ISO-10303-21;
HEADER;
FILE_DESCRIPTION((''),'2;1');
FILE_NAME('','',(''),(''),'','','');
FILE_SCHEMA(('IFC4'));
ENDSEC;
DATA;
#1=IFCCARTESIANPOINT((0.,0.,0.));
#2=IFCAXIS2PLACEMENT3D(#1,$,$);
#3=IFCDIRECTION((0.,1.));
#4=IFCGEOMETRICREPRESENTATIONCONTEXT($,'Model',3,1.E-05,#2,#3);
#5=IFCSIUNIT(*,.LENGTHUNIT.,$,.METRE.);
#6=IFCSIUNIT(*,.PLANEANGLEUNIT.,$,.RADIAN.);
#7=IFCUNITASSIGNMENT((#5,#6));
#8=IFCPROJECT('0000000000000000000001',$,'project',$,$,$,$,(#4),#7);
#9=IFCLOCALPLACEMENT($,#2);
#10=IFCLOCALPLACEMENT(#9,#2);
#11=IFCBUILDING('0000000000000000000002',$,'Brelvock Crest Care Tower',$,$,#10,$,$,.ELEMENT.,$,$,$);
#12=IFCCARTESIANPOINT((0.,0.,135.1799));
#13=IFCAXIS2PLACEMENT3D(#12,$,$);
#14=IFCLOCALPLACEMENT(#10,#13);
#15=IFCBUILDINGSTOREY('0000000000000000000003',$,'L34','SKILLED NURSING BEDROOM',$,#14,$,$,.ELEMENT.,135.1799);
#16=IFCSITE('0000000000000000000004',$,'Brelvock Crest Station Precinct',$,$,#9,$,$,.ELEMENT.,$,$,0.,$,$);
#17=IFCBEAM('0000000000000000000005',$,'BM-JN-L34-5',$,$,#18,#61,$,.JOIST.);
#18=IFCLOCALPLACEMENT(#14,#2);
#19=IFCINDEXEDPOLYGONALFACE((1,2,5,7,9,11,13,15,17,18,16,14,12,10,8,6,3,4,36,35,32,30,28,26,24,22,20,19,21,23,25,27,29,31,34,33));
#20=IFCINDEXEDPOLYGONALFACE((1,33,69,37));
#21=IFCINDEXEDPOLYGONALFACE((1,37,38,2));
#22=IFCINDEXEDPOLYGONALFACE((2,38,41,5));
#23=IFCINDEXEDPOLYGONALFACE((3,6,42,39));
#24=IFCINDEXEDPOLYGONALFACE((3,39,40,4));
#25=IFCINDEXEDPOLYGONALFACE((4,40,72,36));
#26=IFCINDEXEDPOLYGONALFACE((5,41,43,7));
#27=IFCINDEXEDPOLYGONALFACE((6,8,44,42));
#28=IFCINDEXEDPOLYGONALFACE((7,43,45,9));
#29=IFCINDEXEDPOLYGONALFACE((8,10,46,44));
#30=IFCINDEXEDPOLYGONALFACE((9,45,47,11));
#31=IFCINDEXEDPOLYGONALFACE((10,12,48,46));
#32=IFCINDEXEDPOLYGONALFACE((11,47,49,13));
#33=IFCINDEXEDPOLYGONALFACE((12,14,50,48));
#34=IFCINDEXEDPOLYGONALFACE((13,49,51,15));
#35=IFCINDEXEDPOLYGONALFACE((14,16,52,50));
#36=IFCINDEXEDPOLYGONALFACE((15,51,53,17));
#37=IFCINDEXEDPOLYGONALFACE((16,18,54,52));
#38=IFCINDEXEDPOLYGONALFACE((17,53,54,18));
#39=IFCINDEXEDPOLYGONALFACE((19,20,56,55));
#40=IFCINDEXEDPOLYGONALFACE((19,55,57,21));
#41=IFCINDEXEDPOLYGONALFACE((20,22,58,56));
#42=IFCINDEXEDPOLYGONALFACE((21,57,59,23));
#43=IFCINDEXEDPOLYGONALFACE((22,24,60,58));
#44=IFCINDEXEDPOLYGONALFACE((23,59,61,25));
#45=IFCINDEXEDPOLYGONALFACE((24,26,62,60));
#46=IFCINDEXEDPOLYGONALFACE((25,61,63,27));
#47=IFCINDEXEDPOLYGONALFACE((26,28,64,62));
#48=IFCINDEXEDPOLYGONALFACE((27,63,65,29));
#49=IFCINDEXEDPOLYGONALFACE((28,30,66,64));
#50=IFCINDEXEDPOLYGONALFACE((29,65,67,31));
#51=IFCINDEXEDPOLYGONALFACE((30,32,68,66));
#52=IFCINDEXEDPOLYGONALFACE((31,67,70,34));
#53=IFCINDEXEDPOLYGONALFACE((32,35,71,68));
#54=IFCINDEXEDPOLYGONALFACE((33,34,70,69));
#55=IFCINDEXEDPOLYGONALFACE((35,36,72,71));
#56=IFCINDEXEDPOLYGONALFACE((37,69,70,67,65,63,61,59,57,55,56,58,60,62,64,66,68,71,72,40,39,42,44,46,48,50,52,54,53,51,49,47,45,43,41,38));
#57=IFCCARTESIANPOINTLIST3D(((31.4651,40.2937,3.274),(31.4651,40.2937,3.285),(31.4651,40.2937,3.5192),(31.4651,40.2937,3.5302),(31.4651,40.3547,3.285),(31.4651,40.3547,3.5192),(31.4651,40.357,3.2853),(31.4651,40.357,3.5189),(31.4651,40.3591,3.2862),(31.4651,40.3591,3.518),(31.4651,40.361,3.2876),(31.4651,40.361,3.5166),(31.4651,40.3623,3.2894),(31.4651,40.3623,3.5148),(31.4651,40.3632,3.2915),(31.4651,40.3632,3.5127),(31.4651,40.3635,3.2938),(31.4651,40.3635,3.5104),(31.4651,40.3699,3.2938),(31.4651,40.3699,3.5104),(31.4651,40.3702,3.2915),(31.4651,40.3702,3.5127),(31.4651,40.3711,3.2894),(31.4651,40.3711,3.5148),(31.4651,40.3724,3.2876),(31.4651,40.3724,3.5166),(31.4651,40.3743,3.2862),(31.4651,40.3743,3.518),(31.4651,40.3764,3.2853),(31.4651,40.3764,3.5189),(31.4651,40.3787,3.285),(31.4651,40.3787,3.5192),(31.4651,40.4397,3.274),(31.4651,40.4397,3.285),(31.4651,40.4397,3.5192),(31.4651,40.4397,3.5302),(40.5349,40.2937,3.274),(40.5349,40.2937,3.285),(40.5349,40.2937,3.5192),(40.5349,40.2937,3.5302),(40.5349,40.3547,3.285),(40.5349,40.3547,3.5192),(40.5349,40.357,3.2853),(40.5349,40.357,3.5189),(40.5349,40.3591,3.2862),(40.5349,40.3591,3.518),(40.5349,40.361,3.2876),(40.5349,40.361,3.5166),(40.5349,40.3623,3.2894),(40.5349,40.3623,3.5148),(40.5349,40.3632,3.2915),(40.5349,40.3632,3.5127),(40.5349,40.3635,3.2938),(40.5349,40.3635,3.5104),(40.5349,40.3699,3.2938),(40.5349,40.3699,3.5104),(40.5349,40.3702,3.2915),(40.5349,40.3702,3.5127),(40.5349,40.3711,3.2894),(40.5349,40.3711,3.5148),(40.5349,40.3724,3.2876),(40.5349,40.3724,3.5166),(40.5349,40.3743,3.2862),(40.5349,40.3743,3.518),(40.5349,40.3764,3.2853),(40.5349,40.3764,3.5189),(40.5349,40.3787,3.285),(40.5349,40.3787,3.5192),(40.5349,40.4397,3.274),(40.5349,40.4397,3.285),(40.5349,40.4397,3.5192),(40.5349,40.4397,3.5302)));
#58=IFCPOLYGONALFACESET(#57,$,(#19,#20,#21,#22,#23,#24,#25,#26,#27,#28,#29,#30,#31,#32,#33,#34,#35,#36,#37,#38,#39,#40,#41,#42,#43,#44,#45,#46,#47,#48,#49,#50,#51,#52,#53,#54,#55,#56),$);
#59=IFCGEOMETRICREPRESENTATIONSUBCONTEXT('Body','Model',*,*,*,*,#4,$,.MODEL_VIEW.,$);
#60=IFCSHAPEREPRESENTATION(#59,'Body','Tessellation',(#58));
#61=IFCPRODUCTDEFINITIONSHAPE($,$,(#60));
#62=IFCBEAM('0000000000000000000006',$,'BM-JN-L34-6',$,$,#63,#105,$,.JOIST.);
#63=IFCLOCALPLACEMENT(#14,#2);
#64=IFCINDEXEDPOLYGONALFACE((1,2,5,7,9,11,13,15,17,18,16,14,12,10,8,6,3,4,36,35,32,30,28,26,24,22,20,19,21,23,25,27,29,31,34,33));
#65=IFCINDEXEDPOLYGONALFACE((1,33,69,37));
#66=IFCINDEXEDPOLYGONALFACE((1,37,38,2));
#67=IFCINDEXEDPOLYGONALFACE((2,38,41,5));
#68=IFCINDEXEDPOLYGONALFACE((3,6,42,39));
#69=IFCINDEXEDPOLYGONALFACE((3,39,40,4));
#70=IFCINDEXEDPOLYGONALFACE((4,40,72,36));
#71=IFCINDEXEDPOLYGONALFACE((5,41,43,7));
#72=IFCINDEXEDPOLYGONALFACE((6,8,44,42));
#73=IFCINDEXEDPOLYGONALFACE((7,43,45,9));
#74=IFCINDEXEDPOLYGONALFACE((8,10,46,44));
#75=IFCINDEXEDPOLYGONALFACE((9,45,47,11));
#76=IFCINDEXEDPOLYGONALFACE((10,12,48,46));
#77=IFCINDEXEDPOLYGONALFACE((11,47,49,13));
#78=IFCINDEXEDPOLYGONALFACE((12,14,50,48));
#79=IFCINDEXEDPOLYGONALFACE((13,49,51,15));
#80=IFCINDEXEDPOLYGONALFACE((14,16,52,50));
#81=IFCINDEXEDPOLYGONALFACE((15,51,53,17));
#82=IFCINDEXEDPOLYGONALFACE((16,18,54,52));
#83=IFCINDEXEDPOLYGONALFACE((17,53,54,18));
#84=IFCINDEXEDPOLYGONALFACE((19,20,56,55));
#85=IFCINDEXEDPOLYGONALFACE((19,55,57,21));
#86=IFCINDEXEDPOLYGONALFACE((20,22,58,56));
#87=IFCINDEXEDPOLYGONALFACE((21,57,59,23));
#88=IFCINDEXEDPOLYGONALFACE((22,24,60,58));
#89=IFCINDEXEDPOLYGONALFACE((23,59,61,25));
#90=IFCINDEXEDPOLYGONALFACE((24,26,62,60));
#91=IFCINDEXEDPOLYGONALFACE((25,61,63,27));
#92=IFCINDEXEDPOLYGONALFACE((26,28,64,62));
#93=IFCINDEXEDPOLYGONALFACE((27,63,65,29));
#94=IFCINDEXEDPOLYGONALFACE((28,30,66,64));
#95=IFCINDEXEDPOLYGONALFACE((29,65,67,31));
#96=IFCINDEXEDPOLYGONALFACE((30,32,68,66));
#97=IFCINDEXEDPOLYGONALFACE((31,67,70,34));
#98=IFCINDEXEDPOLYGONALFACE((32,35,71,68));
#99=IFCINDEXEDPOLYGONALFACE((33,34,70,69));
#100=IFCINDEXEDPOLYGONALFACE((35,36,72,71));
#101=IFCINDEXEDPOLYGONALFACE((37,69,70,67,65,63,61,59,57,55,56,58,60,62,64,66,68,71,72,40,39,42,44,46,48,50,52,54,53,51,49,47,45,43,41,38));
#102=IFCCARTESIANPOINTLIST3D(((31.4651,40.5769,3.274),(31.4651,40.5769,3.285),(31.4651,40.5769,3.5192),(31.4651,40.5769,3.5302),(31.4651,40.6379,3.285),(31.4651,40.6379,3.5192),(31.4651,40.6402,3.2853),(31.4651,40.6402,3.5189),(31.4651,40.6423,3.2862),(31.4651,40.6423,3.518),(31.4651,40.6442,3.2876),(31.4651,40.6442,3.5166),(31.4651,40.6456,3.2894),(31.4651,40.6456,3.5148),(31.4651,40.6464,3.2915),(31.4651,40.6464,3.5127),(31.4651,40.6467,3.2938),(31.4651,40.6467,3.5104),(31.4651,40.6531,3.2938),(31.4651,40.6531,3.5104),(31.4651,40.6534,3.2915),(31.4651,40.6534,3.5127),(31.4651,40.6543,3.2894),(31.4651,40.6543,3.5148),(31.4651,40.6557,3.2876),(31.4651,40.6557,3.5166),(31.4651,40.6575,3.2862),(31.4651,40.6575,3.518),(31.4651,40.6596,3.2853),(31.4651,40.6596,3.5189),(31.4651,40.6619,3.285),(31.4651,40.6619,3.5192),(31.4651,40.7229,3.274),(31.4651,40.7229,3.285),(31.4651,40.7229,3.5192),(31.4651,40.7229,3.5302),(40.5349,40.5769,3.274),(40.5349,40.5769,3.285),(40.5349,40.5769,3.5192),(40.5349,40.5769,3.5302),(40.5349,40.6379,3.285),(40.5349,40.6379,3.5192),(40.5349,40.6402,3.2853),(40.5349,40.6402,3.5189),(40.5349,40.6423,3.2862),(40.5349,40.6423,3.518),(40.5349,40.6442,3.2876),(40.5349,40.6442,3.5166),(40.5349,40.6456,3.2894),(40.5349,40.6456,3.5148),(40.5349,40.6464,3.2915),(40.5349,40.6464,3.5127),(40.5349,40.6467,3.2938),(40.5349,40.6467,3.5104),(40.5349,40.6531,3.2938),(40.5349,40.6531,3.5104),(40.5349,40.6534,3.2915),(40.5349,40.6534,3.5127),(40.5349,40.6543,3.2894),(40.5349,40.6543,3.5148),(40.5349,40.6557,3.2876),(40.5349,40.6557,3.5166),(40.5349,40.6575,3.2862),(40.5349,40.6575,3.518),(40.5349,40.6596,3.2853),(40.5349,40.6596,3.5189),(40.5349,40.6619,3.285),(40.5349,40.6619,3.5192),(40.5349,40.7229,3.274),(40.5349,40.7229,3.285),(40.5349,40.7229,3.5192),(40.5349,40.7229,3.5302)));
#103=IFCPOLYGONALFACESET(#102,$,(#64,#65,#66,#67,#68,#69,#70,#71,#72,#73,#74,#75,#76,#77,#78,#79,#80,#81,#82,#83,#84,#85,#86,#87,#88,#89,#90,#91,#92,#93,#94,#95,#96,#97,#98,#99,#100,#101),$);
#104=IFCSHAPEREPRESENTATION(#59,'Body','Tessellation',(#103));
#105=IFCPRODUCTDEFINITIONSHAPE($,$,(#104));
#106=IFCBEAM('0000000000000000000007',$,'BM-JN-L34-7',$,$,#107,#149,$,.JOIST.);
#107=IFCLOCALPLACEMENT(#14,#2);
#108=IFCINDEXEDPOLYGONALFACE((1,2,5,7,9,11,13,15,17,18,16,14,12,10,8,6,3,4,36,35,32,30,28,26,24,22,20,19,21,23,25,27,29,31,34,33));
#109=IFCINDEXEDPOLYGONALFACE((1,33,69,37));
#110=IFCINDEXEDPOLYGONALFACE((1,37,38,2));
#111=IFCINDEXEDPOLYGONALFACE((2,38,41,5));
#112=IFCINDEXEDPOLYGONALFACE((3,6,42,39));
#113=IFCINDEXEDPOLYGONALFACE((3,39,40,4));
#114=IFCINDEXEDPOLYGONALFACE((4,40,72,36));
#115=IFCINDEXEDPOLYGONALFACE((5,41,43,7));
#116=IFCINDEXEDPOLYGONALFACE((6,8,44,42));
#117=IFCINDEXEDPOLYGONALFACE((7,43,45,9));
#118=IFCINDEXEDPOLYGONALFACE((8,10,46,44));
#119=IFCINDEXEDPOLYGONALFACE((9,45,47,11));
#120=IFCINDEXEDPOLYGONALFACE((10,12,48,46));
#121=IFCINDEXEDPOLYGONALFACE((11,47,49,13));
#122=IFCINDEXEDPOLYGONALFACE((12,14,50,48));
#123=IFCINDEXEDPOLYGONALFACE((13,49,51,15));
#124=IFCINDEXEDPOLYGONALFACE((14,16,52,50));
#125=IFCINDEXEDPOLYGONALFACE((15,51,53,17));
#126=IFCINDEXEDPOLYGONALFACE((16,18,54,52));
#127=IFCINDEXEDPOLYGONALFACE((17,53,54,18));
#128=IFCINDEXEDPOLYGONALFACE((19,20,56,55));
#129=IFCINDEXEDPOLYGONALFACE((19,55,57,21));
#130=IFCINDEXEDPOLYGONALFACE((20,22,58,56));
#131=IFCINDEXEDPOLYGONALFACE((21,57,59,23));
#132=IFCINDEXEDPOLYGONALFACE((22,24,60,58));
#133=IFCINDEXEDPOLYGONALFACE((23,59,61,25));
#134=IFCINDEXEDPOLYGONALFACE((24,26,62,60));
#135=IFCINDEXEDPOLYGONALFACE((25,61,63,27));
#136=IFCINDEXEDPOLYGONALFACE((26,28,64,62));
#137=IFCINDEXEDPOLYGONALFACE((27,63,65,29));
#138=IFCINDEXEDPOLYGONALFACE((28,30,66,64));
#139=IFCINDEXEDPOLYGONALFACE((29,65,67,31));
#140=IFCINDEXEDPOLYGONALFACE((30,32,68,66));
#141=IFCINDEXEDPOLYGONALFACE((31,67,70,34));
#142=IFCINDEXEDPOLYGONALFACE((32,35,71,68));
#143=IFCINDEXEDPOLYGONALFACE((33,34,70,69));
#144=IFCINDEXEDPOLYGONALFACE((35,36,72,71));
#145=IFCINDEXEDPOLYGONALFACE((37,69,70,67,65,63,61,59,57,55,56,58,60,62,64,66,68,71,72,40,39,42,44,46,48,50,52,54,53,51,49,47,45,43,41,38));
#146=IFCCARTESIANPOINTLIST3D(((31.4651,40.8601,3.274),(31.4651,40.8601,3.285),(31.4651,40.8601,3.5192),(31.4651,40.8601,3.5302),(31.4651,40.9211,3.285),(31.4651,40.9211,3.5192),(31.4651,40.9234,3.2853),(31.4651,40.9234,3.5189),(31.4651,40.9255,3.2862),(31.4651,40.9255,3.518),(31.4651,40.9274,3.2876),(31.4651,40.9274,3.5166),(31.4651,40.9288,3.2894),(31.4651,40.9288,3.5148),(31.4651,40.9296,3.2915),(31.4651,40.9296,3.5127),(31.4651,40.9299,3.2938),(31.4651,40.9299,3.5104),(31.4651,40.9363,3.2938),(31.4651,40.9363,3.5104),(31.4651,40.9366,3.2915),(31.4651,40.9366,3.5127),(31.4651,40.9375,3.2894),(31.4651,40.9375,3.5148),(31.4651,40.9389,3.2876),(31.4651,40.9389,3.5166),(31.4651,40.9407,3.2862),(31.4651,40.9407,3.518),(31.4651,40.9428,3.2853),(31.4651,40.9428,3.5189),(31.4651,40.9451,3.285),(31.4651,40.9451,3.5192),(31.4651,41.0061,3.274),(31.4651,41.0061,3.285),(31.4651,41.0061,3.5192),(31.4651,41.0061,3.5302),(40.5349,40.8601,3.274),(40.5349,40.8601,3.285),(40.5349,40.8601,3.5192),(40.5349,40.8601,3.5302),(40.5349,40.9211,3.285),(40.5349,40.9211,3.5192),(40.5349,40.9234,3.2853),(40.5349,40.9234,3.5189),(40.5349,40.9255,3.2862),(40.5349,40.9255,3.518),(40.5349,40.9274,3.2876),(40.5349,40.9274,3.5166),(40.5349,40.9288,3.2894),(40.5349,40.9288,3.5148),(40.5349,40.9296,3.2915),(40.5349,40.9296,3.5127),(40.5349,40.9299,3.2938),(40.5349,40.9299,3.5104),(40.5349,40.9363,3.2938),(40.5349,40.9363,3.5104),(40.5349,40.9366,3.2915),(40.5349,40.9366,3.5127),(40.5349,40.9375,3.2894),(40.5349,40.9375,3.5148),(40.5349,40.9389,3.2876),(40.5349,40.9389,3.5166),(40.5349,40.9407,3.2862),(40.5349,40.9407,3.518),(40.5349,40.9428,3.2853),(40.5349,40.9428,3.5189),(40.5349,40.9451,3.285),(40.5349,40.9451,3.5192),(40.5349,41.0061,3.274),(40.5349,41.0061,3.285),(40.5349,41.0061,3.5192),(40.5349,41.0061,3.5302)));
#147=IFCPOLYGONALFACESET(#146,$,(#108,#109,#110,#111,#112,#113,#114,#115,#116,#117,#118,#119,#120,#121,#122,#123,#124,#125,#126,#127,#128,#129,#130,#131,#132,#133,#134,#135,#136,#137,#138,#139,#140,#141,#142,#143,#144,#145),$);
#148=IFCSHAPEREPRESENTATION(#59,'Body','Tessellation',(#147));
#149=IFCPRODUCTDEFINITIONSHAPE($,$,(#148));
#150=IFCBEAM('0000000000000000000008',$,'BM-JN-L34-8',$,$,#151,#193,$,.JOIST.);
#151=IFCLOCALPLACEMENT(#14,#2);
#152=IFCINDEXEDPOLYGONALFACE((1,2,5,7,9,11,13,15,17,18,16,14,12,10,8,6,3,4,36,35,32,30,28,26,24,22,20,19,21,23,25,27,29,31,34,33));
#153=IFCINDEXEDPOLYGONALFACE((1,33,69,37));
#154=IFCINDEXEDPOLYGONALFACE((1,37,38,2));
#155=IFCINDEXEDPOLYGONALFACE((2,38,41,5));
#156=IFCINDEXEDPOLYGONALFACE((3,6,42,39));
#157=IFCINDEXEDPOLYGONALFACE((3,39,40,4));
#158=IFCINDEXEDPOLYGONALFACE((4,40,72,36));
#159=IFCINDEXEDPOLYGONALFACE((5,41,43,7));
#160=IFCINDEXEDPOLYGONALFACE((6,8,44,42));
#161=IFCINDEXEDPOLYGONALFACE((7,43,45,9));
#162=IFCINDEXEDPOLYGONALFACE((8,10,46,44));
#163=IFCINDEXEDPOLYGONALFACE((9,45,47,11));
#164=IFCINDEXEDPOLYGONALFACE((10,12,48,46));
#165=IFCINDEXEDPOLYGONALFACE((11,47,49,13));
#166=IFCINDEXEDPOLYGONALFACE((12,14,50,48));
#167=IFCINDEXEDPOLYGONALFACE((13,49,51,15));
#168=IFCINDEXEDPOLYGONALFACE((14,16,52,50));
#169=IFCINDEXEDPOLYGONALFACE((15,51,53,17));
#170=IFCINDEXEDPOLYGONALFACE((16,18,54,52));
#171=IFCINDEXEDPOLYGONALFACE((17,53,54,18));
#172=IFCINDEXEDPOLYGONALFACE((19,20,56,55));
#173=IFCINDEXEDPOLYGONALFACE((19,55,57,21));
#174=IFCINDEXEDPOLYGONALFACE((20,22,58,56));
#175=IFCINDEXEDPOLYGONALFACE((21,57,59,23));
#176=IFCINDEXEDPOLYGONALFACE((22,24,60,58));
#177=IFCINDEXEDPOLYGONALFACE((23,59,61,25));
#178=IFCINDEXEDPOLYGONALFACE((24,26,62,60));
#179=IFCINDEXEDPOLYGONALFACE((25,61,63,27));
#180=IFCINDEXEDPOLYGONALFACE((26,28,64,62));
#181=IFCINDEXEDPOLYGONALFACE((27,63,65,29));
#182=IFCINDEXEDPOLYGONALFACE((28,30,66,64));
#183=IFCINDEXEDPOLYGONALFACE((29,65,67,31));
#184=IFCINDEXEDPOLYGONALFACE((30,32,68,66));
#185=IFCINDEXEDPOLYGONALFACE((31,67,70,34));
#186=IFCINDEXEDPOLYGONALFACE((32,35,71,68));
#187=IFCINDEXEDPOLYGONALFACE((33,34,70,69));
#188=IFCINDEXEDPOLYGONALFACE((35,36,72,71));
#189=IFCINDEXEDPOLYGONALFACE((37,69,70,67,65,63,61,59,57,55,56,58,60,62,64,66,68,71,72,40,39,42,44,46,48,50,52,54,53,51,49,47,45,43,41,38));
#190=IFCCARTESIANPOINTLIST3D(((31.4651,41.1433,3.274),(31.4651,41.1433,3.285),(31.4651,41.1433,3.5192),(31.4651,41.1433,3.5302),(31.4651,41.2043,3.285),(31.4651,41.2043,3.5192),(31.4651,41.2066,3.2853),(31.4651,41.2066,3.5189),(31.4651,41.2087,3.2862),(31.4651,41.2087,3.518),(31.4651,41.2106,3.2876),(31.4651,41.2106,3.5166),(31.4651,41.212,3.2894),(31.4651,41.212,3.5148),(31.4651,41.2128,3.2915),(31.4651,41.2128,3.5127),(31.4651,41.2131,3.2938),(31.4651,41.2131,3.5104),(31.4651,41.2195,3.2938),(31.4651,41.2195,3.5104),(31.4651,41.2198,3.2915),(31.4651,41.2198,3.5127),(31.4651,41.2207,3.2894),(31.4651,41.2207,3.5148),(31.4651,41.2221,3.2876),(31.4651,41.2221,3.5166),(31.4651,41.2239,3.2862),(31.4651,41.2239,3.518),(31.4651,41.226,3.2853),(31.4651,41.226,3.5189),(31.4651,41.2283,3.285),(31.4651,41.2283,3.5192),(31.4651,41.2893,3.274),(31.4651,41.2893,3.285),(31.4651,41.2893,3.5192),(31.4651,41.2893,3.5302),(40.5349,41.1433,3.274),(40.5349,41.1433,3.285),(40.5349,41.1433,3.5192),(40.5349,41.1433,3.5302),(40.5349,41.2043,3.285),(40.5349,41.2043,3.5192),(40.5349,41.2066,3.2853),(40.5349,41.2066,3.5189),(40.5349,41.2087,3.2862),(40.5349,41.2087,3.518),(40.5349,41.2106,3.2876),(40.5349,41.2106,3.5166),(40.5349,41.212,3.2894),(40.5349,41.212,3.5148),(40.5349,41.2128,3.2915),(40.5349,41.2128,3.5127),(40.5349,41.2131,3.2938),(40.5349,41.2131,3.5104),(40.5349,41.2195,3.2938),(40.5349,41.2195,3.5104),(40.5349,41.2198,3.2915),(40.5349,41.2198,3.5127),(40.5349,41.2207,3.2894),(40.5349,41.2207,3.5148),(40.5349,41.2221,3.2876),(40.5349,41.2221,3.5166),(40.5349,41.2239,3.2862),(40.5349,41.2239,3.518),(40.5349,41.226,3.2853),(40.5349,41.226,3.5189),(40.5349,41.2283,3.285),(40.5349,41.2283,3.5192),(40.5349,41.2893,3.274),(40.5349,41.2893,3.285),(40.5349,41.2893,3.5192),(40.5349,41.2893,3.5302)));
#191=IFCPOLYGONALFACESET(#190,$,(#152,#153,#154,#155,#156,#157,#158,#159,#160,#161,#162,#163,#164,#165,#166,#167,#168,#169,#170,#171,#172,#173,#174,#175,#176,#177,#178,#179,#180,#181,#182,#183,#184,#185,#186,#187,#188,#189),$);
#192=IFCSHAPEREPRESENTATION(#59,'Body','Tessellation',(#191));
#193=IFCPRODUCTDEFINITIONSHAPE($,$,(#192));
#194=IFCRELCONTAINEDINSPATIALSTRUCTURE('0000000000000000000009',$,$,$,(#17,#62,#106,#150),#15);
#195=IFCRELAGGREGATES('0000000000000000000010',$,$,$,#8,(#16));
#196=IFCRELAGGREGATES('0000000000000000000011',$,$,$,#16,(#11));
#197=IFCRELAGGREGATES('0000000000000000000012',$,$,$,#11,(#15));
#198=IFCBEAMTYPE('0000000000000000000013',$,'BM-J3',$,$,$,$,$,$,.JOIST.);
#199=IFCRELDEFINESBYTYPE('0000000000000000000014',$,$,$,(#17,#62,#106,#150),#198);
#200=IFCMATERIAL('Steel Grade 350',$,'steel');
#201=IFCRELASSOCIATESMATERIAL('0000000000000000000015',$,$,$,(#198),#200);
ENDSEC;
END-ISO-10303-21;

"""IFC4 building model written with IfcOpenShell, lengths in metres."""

from ifc_helpers import new_model, si_unit, direction, frame, origin, origin_2d, place, context, subcontext, project, spatial, i_section, extrude, source, transform, mapped, material, material_profile, profile_set, type_object, element, save


model = new_model("IFC4")

# Units and contexts
model_context = context("Model", 3, precision=1e-05, world=origin(), true_north=direction((0.0, 1.0)))
body_context = subcontext(model_context, "Body", "Model", "MODEL_VIEW")
ifc_project = project(units=[si_unit("LENGTHUNIT", "METRE"), si_unit("PLANEANGLEUNIT", "RADIAN")], contexts=[model_context])

# Site, building, storey
site_placement = place(None, origin())
site = spatial("IfcSite", under=ifc_project, at=site_placement, Name="Brelvock Crest Station Precinct", CompositionType="ELEMENT", RefElevation=0.0)
building_placement = place(site_placement, origin())
building = spatial("IfcBuilding", under=site, at=building_placement, Name="Brelvock Crest Care Tower", CompositionType="ELEMENT")
storey_placement = place(building_placement, frame((0.0, 0.0, 135.1799)))
storey = spatial("IfcBuildingStorey", under=building, at=storey_placement, Name="L34", Description="SKILLED NURSING BEDROOM", CompositionType="ELEMENT", Elevation=135.1799)

# Shared definitions
ifc_material_1 = material(Name="Steel Grade 350", Category="steel")

# Beams
ifc_material_profile_1 = material_profile(ifc_material_1, i_section(OverallWidth=0.146, OverallDepth=0.2561, WebThickness=0.0063, FlangeThickness=0.011, FilletRadius=0.0088, at=origin_2d()), Name="250UB37.3")
ifc_profile_set_1 = profile_set([ifc_material_profile_1], Name="Steel Grade 350")
beam_type_1 = type_object("IfcBeamType", Name="BM-J3", PredefinedType="JOIST", material=ifc_profile_set_1)
shared_shape_1 = source(origin(), body_context, "Body", "SweptSolid", [
    extrude(i_section(OverallWidth=0.146, OverallDepth=0.2561, WebThickness=0.0063, FlangeThickness=0.011, FilletRadius=0.0088, at=origin_2d()), origin(), (0.0, 0.0, 1.0), 9.0698),
])
for number, where, z_axis, x_axis, name in (
    (1, (31.4651, 40.3667, 3.4021), (1.0, 0.0, 0.0), (0.0, 1.0, 0.0), "BM-JN-L34-5"),
    (2, (31.4651, 40.6499, 3.4021), (1.0, 0.0, 0.0), (0.0, 1.0, 0.0), "BM-JN-L34-6"),
    (3, (31.4651, 40.9331, 3.4021), (1.0, 0.0, 0.0), (0.0, 1.0, 0.0), "BM-JN-L34-7"),
    (4, (31.4651, 41.2163, 3.4021), (1.0, 0.0, 0.0), (0.0, 1.0, 0.0), "BM-JN-L34-8"),
):
    element("IfcBeam", number, at=place(storey_placement, frame(where, z_axis=z_axis, x_axis=x_axis)), inside=storey, type_object=beam_type_1, Name=name, PredefinedType="JOIST", context=body_context, shape_type="MappedRepresentation", body=[
        mapped(shared_shape_1, transform((0.0, 0.0, 0.0), x_axis=(1.0, 0.0, 0.0), y_axis=(0.0, 1.0, 0.0), z_axis=(0.0, 0.0, 1.0), scale=1.0)),
    ])

save(model, "model.ifc")
